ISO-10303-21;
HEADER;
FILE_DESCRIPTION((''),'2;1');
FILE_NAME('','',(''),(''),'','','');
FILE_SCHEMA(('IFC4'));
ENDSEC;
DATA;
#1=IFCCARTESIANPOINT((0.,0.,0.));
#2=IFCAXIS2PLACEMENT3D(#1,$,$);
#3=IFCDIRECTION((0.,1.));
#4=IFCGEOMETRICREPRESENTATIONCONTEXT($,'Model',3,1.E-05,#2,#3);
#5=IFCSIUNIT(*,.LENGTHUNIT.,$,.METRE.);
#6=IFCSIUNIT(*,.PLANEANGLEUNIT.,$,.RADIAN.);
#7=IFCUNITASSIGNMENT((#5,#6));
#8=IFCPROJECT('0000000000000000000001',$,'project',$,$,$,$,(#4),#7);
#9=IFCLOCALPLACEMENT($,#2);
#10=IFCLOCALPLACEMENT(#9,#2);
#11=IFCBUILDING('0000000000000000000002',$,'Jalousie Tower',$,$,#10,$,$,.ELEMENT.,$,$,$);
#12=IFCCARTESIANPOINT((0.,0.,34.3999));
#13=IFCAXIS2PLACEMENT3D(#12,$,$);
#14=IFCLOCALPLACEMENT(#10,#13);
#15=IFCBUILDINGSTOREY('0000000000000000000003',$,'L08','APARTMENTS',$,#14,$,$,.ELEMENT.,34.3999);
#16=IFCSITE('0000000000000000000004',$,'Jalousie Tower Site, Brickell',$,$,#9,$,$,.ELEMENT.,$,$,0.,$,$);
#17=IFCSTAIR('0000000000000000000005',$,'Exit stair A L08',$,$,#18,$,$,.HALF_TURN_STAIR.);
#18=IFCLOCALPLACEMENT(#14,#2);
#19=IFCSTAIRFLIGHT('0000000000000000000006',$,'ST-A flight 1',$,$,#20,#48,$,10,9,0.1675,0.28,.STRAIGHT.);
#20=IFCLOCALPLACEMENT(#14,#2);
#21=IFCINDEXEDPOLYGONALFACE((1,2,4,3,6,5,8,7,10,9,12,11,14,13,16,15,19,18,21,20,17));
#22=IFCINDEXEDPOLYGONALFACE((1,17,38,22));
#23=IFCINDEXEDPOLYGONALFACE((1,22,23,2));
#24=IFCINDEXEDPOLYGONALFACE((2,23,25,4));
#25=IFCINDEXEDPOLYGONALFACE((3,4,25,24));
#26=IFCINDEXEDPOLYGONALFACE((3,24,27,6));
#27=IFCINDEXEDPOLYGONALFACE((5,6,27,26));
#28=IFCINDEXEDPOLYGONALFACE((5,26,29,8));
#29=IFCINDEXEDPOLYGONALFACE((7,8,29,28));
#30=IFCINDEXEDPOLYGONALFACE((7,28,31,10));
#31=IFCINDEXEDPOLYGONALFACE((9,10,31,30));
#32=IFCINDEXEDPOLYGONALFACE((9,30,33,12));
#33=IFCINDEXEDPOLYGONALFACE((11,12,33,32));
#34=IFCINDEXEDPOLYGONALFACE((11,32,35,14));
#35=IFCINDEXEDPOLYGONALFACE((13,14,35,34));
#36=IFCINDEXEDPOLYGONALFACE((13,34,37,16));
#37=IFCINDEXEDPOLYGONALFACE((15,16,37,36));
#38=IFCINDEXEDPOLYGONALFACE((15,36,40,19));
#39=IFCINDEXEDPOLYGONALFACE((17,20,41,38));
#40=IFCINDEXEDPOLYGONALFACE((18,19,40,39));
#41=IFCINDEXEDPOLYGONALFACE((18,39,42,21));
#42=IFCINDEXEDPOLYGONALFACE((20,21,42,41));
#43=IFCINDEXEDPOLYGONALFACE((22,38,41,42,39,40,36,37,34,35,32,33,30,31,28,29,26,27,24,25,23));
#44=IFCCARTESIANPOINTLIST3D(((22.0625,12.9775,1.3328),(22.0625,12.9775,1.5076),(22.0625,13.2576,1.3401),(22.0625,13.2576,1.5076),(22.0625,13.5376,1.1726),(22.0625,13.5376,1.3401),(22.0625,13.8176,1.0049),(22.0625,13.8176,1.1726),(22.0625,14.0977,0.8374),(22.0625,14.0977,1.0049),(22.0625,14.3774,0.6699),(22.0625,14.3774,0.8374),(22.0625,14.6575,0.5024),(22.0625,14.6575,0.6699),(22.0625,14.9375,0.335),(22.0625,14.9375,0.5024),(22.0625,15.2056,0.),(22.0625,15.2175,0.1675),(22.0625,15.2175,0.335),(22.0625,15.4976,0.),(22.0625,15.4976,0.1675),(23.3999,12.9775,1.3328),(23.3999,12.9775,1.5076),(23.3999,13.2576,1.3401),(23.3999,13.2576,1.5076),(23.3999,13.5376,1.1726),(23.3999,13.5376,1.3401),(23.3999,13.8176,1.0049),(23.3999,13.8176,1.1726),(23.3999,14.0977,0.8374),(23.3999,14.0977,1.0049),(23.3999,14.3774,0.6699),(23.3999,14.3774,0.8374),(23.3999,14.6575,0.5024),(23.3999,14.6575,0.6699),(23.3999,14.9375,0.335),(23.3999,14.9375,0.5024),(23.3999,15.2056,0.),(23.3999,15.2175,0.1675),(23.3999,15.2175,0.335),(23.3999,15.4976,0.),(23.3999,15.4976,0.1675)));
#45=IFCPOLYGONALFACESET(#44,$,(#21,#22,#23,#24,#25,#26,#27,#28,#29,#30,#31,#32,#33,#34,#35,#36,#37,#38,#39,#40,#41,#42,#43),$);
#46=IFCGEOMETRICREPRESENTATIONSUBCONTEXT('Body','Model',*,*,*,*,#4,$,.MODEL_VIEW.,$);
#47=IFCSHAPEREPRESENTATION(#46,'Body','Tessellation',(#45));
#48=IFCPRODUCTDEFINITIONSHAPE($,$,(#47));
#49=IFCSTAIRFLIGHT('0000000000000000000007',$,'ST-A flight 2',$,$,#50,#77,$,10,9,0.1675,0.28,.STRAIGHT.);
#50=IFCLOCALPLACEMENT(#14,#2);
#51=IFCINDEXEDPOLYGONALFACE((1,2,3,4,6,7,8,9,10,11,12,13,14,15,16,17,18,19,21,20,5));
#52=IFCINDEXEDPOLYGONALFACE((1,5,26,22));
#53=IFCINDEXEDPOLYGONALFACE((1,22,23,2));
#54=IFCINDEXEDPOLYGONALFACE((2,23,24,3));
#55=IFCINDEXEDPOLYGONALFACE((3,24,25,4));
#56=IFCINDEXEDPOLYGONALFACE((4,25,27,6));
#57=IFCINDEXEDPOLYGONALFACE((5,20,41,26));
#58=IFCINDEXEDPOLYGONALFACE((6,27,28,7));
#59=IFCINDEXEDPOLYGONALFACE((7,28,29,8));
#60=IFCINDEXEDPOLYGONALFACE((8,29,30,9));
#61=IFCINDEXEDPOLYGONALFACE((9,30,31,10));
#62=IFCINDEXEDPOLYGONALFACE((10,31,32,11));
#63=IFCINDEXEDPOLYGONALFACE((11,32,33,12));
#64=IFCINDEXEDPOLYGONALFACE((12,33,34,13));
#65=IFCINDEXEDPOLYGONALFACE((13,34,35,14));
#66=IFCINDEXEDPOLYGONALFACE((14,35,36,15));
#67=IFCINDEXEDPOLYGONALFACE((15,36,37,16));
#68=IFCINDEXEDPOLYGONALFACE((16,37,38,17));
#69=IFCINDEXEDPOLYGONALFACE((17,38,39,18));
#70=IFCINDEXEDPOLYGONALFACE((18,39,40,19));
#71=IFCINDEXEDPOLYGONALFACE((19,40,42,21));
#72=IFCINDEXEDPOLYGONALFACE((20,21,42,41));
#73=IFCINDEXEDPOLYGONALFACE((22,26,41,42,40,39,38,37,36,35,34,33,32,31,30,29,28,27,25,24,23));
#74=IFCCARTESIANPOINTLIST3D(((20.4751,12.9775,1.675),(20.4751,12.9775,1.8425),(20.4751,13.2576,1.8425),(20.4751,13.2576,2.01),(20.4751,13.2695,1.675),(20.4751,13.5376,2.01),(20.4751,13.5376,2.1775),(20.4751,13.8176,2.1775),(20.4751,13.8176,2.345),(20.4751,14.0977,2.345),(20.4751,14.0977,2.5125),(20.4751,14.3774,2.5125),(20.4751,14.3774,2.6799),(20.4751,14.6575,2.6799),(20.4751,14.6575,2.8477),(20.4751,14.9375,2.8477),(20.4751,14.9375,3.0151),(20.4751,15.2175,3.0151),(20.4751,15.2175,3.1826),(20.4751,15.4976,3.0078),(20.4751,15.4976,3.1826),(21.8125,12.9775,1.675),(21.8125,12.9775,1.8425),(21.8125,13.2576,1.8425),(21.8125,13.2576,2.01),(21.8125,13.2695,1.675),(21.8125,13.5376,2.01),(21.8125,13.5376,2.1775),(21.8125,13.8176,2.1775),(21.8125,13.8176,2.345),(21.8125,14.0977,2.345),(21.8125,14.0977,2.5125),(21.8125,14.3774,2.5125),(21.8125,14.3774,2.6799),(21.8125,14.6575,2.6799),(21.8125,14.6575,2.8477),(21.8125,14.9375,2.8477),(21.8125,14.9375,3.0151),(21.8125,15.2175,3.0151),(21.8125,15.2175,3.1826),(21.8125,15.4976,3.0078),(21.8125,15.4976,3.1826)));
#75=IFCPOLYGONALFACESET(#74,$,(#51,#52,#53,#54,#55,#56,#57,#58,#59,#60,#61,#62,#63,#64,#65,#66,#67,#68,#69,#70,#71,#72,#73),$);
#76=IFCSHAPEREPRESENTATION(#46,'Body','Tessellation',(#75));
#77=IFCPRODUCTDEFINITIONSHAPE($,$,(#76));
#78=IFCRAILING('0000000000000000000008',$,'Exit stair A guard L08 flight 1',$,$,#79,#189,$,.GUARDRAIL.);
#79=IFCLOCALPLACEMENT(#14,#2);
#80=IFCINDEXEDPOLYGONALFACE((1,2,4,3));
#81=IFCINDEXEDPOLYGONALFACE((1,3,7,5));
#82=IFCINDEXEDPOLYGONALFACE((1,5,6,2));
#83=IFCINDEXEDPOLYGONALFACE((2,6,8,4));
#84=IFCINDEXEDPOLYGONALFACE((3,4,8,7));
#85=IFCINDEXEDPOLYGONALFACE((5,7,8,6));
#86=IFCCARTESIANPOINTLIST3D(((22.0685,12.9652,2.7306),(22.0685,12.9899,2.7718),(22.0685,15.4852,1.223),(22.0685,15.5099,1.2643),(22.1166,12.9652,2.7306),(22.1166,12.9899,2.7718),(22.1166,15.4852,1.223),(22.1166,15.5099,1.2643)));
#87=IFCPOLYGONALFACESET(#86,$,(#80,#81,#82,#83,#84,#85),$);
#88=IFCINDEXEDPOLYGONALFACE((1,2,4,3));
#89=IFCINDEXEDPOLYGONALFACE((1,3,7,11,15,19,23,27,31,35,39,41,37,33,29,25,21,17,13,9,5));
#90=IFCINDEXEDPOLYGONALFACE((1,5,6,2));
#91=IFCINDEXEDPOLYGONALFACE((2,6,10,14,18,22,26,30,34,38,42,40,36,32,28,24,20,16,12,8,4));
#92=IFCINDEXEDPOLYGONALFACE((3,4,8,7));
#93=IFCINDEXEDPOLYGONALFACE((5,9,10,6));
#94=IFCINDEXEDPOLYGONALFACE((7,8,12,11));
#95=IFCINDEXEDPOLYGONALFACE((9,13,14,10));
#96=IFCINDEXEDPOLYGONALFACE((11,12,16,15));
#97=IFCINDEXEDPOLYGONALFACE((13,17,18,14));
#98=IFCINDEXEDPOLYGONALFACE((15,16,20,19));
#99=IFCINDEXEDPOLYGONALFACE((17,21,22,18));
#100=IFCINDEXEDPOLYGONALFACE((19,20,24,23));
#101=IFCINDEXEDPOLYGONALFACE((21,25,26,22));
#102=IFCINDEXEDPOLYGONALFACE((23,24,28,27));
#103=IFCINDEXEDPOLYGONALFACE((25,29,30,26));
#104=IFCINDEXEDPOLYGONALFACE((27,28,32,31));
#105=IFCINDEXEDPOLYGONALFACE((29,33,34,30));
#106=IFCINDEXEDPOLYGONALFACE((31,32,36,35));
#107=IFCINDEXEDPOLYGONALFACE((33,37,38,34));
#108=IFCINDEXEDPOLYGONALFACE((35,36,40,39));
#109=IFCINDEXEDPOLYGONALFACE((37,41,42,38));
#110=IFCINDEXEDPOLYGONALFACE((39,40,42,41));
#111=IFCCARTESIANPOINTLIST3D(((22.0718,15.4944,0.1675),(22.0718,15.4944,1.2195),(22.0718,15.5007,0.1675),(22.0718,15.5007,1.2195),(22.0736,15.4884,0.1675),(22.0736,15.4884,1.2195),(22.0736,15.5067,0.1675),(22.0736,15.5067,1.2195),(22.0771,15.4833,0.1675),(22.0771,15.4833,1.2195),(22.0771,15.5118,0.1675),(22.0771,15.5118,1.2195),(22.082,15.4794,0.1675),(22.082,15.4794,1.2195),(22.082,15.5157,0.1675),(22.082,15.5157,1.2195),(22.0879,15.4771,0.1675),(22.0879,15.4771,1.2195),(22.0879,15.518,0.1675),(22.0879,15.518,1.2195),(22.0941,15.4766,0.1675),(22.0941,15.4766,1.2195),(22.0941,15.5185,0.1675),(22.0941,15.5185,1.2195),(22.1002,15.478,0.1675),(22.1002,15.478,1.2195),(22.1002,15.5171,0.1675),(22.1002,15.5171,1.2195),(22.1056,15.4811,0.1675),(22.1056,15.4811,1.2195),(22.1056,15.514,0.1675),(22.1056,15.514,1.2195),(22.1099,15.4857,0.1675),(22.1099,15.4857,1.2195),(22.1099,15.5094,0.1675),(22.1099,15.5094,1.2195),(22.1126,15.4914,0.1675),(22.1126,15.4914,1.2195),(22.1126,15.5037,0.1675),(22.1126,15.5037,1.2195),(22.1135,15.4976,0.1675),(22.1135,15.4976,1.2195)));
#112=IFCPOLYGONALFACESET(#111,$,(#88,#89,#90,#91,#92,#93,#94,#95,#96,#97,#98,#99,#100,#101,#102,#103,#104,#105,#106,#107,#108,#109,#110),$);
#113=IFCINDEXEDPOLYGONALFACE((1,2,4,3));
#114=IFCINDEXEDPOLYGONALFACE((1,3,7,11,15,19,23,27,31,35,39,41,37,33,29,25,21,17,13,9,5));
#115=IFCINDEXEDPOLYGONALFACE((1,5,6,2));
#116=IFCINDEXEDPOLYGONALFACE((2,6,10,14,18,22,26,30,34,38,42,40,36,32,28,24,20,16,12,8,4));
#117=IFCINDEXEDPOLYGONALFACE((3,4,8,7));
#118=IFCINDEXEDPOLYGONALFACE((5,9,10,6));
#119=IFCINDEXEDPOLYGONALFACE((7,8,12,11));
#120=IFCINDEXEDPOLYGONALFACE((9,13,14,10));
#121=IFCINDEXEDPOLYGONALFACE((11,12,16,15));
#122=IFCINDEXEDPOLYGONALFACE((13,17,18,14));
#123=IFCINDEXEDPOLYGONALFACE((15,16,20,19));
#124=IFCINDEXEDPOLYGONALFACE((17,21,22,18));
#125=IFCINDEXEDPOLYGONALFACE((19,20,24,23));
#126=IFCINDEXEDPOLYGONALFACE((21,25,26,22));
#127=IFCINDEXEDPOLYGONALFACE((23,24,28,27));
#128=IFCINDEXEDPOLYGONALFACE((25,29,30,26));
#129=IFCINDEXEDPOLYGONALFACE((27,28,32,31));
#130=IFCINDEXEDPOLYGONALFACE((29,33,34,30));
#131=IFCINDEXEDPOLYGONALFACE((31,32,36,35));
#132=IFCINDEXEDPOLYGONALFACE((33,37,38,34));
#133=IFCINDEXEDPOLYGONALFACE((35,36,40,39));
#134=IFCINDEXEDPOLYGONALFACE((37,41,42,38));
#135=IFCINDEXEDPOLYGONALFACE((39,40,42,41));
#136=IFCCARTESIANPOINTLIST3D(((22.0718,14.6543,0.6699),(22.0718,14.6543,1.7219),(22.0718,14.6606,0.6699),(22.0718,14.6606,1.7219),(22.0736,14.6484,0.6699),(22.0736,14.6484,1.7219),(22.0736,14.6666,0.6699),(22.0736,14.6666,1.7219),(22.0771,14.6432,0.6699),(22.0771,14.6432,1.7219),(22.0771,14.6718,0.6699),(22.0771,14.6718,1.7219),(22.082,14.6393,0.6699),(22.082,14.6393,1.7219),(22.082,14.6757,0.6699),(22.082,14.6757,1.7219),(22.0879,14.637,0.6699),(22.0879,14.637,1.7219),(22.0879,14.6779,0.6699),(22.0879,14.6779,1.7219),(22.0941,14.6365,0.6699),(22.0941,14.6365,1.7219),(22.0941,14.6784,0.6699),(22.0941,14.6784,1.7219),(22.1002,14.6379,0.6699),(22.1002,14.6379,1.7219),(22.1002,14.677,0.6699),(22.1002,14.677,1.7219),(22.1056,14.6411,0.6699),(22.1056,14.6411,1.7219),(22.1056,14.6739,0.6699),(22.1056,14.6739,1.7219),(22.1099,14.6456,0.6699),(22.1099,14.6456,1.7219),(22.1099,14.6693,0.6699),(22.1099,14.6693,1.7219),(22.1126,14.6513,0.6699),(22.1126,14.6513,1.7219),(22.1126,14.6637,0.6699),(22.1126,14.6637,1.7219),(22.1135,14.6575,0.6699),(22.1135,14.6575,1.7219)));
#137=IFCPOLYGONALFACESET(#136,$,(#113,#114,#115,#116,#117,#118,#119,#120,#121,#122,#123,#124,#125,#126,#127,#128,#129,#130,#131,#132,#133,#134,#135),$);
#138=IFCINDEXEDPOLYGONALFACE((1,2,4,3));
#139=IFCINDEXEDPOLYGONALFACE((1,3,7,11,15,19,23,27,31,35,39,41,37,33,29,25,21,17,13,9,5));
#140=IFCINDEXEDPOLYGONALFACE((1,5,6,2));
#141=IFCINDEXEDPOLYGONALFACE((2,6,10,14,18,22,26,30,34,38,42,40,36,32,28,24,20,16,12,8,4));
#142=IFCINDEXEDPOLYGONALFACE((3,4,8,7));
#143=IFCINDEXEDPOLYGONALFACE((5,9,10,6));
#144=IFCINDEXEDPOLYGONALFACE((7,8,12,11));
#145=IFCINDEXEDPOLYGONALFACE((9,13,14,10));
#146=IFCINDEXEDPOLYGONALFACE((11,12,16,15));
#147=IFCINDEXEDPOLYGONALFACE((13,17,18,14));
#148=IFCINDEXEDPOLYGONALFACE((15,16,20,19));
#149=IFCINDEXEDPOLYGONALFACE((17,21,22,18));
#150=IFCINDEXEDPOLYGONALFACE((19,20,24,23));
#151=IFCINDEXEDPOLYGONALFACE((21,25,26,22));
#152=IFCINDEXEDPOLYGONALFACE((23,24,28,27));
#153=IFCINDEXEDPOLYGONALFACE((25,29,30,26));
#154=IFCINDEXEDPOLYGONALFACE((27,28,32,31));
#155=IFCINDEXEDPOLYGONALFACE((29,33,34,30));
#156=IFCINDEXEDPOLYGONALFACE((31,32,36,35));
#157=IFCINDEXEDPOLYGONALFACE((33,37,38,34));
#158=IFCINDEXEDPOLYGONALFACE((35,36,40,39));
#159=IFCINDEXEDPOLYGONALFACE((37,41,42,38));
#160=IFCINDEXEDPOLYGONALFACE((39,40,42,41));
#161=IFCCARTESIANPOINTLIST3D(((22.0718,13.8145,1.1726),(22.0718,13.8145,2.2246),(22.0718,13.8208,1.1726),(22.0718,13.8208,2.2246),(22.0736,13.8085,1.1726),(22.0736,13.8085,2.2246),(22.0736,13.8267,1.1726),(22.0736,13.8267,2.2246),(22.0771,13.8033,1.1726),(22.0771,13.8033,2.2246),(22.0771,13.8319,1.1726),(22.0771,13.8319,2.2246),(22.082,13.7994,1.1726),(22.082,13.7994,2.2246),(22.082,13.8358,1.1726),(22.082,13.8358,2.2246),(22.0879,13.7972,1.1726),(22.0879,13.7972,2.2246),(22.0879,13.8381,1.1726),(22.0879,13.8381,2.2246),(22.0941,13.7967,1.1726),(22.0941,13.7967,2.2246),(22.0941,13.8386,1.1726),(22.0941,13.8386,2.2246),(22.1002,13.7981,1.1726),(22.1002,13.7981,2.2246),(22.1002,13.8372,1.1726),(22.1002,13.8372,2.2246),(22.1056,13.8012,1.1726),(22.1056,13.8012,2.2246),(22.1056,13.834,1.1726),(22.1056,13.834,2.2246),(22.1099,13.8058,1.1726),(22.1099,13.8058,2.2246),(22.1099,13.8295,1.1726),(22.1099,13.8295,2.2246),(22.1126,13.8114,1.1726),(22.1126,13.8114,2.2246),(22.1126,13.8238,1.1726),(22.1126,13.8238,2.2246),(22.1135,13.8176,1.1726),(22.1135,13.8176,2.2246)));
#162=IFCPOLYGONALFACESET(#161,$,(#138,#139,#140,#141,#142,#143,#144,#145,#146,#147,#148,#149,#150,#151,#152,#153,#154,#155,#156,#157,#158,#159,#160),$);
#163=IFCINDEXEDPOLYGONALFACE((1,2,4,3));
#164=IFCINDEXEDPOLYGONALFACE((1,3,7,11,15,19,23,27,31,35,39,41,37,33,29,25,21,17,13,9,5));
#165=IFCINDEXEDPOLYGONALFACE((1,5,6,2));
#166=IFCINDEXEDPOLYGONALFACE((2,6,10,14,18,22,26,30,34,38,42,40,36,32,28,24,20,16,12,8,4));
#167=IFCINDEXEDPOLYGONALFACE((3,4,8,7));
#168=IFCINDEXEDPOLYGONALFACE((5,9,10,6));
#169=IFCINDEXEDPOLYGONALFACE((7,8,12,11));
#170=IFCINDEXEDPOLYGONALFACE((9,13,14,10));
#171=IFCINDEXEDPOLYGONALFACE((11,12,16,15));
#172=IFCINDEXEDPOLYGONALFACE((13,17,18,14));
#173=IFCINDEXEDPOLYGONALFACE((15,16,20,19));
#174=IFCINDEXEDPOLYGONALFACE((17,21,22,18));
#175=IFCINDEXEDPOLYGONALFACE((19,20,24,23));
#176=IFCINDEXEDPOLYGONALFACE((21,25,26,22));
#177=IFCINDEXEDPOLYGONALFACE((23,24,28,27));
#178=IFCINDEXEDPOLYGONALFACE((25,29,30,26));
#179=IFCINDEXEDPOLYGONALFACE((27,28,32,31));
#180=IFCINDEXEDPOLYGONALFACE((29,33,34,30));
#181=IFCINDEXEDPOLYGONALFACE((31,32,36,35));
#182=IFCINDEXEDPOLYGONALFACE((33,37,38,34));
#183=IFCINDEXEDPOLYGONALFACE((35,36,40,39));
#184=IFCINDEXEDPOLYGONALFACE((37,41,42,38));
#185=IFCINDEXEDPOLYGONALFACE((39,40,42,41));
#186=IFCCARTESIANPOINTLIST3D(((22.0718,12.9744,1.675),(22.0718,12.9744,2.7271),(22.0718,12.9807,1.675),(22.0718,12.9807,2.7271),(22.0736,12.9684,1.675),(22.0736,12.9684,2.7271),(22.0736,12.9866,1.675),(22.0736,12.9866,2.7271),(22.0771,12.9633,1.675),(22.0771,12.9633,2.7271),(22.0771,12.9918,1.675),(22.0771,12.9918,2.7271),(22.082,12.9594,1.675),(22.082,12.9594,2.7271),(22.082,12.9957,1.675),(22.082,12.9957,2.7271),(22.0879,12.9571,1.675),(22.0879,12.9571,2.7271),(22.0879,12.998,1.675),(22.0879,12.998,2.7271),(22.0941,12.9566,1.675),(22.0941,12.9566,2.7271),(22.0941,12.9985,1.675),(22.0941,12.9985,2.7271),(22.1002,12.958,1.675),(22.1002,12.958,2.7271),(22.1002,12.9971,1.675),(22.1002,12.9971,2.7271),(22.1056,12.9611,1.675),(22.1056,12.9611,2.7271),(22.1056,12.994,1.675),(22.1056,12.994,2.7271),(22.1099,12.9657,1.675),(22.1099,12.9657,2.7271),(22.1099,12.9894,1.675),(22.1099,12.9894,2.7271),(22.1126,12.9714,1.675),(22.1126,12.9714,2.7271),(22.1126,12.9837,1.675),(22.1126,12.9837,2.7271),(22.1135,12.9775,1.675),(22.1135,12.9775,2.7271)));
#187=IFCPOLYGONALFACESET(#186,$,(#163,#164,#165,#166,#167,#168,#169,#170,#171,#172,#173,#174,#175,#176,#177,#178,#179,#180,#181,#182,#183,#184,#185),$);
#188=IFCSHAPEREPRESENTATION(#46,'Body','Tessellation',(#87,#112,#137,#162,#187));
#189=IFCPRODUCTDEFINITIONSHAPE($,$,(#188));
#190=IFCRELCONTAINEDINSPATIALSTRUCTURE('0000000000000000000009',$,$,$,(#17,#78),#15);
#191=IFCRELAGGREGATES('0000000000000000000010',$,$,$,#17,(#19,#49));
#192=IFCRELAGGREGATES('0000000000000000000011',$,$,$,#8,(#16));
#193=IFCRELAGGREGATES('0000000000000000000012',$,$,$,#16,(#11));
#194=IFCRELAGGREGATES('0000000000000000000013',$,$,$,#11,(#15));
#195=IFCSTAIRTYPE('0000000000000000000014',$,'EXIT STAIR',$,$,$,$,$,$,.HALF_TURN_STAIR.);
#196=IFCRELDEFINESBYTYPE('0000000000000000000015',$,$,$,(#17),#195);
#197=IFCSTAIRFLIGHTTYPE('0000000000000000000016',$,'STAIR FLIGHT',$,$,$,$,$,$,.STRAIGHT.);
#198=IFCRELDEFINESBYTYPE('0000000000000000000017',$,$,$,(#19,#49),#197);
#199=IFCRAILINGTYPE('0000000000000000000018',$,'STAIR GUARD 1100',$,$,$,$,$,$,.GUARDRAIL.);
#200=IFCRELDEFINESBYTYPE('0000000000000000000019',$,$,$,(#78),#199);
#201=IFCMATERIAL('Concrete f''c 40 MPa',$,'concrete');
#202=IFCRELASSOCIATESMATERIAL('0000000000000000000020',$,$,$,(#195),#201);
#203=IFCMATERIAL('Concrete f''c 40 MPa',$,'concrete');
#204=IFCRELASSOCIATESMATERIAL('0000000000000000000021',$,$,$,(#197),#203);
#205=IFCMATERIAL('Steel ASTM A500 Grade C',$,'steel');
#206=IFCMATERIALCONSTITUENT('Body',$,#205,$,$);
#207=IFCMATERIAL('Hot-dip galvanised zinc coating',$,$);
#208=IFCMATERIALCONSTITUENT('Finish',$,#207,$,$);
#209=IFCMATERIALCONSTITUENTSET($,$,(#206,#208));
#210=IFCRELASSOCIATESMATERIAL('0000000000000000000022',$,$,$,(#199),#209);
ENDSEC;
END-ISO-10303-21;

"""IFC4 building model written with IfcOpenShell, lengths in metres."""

from ifc_helpers import new_model, si_unit, direction, frame, origin, origin_2d, place, context, subcontext, project, spatial, polyline, rectangle, circle, outline, extrude, material, constituent, constituent_set, type_object, element, aggregate, save


model = new_model("IFC4")

# Units and contexts
model_context = context("Model", 3, precision=1e-05, world=origin(), true_north=direction((0.0, 1.0)))
body_context = subcontext(model_context, "Body", "Model", "MODEL_VIEW")
ifc_project = project(units=[si_unit("LENGTHUNIT", "METRE"), si_unit("PLANEANGLEUNIT", "RADIAN")], contexts=[model_context])

# Site, building, storey
site_placement = place(None, origin())
site = spatial("IfcSite", under=ifc_project, at=site_placement, Name="Jalousie Tower Site, Brickell", CompositionType="ELEMENT", RefElevation=0.0)
building_placement = place(site_placement, origin())
building = spatial("IfcBuilding", under=site, at=building_placement, Name="Jalousie Tower", CompositionType="ELEMENT")
storey_placement = place(building_placement, frame((0.0, 0.0, 34.3999)))
storey = spatial("IfcBuildingStorey", under=building, at=storey_placement, Name="L08", Description="APARTMENTS", CompositionType="ELEMENT", Elevation=34.3999)

# Stair, stair flights
ifc_material_1 = material(Name="Concrete f'c 40 MPa", Category="concrete")
stair_type = type_object("IfcStairType", Name="EXIT STAIR", PredefinedType="HALF_TURN_STAIR", material=ifc_material_1)
stair_placement = place(storey_placement, origin())
stair = element("IfcStair", 1, at=stair_placement, inside=storey, type_object=stair_type, Name="Exit stair A L08", PredefinedType="HALF_TURN_STAIR")
ifc_material_2 = material(Name="Concrete f'c 40 MPa", Category="concrete")
stair_flight_type = type_object("IfcStairFlightType", Name="STAIR FLIGHT", PredefinedType="STRAIGHT", material=ifc_material_2)
stair_flight_1_placement = place(storey_placement, frame((22.7312, 15.4976, 0.0), z_axis=(0.0, 0.0, 1.0), x_axis=(0.0, -1.0, 0.0)))
stair_flight_1 = element("IfcStairFlight", 2, at=stair_flight_1_placement, type_object=stair_flight_type, Name="ST-A flight 1", NumberOfRisers=10, NumberOfTreads=9, PredefinedType="STRAIGHT", RiserHeight=0.1675, TreadLength=0.28, context=body_context, shape_type="SweptSolid", body=[
    extrude(outline(polyline([(0.0, 0.0), (0.0, 0.1675), (0.28, 0.1675), (0.28, 0.335), (0.5601, 0.335), (0.5601, 0.5024), (0.8401, 0.5024), (0.8401, 0.6699), (1.1201, 0.6699), (1.1201, 0.8374), (1.3999, 0.8374), (1.3999, 1.0049), (1.6799, 1.0049), (1.6799, 1.1726), (1.96, 1.1726), (1.96, 1.3401), (2.24, 1.3401), (2.24, 1.5076), (2.52, 1.5076), (2.52, 1.675), (2.52, 1.3328), (0.292, 0.0), (0.0, 0.0)])), frame((0.0, 0.6687, 0.0), z_axis=(0.0, -1.0, 0.0), x_axis=(1.0, 0.0, 0.0)), (0.0, 0.0, 1.0), 1.3374),
])
stair_flight_2_placement = place(storey_placement, frame((21.1438, 12.9775, 1.675), z_axis=(0.0, 0.0, 1.0), x_axis=(0.0, 1.0, 0.0)))
stair_flight_2 = element("IfcStairFlight", 3, at=stair_flight_2_placement, type_object=stair_flight_type, Name="ST-A flight 2", NumberOfRisers=10, NumberOfTreads=9, PredefinedType="STRAIGHT", RiserHeight=0.1675, TreadLength=0.28, context=body_context, shape_type="SweptSolid", body=[
    extrude(outline(polyline([(0.0, 0.0), (0.0, 0.1675), (0.28, 0.1675), (0.28, 0.335), (0.5601, 0.335), (0.5601, 0.5024), (0.8401, 0.5024), (0.8401, 0.6699), (1.1201, 0.6699), (1.1201, 0.8374), (1.3999, 0.8374), (1.3999, 1.0049), (1.6799, 1.0049), (1.6799, 1.1726), (1.96, 1.1726), (1.96, 1.3401), (2.24, 1.3401), (2.24, 1.5076), (2.52, 1.5076), (2.52, 1.675), (2.52, 1.3328), (0.292, 0.0), (0.0, 0.0)])), frame((0.0, 0.6687, 0.0), z_axis=(0.0, -1.0, 0.0), x_axis=(1.0, 0.0, 0.0)), (0.0, 0.0, 1.0), 1.3374),
])
aggregate(stair, [stair_flight_1, stair_flight_2])

# Railing
ifc_material_3 = material(Name="Steel ASTM A500 Grade C", Category="steel")
ifc_constituent_1 = constituent(ifc_material_3, Name="Body")
ifc_material_4 = material(Name="Hot-dip galvanised zinc coating")
ifc_constituent_2 = constituent(ifc_material_4, Name="Finish")
ifc_constituent_set_1 = constituent_set(constituents=[ifc_constituent_1, ifc_constituent_2])
railing_type_1 = type_object("IfcRailingType", Name="STAIR GUARD 1100", PredefinedType="GUARDRAIL", material=ifc_constituent_set_1)
railing_1_placement = place(storey_placement, frame((22.0925, 15.4976, 0.1675)))
element("IfcRailing", 4, at=railing_1_placement, inside=storey, type_object=railing_type_1, Name="Exit stair A guard L08 flight 1", PredefinedType="GUARDRAIL", context=body_context, shape_type="SweptSolid", body=[
    extrude(rectangle(XDim=0.0481, YDim=0.0481, at=origin_2d()), frame((0.0, 0.0, 1.0762), z_axis=(0.0, -0.85816, 0.513383), x_axis=(1.0, 0.0, 0.0)), (0.0, 0.0, 1.0), 2.9365),
    extrude(circle(Radius=0.021, at=origin_2d()), origin(), (0.0, 0.0, 1.0), 1.052),
    extrude(circle(Radius=0.021, at=origin_2d()), frame((0.0, -0.8401, 0.5024)), (0.0, 0.0, 1.0), 1.052),
    extrude(circle(Radius=0.021, at=origin_2d()), frame((0.0, -1.6799, 1.0051)), (0.0, 0.0, 1.0), 1.052),
    extrude(circle(Radius=0.021, at=origin_2d()), frame((0.0, -2.52, 1.5076)), (0.0, 0.0, 1.0), 1.052),
])

save(model, "model.ifc")
